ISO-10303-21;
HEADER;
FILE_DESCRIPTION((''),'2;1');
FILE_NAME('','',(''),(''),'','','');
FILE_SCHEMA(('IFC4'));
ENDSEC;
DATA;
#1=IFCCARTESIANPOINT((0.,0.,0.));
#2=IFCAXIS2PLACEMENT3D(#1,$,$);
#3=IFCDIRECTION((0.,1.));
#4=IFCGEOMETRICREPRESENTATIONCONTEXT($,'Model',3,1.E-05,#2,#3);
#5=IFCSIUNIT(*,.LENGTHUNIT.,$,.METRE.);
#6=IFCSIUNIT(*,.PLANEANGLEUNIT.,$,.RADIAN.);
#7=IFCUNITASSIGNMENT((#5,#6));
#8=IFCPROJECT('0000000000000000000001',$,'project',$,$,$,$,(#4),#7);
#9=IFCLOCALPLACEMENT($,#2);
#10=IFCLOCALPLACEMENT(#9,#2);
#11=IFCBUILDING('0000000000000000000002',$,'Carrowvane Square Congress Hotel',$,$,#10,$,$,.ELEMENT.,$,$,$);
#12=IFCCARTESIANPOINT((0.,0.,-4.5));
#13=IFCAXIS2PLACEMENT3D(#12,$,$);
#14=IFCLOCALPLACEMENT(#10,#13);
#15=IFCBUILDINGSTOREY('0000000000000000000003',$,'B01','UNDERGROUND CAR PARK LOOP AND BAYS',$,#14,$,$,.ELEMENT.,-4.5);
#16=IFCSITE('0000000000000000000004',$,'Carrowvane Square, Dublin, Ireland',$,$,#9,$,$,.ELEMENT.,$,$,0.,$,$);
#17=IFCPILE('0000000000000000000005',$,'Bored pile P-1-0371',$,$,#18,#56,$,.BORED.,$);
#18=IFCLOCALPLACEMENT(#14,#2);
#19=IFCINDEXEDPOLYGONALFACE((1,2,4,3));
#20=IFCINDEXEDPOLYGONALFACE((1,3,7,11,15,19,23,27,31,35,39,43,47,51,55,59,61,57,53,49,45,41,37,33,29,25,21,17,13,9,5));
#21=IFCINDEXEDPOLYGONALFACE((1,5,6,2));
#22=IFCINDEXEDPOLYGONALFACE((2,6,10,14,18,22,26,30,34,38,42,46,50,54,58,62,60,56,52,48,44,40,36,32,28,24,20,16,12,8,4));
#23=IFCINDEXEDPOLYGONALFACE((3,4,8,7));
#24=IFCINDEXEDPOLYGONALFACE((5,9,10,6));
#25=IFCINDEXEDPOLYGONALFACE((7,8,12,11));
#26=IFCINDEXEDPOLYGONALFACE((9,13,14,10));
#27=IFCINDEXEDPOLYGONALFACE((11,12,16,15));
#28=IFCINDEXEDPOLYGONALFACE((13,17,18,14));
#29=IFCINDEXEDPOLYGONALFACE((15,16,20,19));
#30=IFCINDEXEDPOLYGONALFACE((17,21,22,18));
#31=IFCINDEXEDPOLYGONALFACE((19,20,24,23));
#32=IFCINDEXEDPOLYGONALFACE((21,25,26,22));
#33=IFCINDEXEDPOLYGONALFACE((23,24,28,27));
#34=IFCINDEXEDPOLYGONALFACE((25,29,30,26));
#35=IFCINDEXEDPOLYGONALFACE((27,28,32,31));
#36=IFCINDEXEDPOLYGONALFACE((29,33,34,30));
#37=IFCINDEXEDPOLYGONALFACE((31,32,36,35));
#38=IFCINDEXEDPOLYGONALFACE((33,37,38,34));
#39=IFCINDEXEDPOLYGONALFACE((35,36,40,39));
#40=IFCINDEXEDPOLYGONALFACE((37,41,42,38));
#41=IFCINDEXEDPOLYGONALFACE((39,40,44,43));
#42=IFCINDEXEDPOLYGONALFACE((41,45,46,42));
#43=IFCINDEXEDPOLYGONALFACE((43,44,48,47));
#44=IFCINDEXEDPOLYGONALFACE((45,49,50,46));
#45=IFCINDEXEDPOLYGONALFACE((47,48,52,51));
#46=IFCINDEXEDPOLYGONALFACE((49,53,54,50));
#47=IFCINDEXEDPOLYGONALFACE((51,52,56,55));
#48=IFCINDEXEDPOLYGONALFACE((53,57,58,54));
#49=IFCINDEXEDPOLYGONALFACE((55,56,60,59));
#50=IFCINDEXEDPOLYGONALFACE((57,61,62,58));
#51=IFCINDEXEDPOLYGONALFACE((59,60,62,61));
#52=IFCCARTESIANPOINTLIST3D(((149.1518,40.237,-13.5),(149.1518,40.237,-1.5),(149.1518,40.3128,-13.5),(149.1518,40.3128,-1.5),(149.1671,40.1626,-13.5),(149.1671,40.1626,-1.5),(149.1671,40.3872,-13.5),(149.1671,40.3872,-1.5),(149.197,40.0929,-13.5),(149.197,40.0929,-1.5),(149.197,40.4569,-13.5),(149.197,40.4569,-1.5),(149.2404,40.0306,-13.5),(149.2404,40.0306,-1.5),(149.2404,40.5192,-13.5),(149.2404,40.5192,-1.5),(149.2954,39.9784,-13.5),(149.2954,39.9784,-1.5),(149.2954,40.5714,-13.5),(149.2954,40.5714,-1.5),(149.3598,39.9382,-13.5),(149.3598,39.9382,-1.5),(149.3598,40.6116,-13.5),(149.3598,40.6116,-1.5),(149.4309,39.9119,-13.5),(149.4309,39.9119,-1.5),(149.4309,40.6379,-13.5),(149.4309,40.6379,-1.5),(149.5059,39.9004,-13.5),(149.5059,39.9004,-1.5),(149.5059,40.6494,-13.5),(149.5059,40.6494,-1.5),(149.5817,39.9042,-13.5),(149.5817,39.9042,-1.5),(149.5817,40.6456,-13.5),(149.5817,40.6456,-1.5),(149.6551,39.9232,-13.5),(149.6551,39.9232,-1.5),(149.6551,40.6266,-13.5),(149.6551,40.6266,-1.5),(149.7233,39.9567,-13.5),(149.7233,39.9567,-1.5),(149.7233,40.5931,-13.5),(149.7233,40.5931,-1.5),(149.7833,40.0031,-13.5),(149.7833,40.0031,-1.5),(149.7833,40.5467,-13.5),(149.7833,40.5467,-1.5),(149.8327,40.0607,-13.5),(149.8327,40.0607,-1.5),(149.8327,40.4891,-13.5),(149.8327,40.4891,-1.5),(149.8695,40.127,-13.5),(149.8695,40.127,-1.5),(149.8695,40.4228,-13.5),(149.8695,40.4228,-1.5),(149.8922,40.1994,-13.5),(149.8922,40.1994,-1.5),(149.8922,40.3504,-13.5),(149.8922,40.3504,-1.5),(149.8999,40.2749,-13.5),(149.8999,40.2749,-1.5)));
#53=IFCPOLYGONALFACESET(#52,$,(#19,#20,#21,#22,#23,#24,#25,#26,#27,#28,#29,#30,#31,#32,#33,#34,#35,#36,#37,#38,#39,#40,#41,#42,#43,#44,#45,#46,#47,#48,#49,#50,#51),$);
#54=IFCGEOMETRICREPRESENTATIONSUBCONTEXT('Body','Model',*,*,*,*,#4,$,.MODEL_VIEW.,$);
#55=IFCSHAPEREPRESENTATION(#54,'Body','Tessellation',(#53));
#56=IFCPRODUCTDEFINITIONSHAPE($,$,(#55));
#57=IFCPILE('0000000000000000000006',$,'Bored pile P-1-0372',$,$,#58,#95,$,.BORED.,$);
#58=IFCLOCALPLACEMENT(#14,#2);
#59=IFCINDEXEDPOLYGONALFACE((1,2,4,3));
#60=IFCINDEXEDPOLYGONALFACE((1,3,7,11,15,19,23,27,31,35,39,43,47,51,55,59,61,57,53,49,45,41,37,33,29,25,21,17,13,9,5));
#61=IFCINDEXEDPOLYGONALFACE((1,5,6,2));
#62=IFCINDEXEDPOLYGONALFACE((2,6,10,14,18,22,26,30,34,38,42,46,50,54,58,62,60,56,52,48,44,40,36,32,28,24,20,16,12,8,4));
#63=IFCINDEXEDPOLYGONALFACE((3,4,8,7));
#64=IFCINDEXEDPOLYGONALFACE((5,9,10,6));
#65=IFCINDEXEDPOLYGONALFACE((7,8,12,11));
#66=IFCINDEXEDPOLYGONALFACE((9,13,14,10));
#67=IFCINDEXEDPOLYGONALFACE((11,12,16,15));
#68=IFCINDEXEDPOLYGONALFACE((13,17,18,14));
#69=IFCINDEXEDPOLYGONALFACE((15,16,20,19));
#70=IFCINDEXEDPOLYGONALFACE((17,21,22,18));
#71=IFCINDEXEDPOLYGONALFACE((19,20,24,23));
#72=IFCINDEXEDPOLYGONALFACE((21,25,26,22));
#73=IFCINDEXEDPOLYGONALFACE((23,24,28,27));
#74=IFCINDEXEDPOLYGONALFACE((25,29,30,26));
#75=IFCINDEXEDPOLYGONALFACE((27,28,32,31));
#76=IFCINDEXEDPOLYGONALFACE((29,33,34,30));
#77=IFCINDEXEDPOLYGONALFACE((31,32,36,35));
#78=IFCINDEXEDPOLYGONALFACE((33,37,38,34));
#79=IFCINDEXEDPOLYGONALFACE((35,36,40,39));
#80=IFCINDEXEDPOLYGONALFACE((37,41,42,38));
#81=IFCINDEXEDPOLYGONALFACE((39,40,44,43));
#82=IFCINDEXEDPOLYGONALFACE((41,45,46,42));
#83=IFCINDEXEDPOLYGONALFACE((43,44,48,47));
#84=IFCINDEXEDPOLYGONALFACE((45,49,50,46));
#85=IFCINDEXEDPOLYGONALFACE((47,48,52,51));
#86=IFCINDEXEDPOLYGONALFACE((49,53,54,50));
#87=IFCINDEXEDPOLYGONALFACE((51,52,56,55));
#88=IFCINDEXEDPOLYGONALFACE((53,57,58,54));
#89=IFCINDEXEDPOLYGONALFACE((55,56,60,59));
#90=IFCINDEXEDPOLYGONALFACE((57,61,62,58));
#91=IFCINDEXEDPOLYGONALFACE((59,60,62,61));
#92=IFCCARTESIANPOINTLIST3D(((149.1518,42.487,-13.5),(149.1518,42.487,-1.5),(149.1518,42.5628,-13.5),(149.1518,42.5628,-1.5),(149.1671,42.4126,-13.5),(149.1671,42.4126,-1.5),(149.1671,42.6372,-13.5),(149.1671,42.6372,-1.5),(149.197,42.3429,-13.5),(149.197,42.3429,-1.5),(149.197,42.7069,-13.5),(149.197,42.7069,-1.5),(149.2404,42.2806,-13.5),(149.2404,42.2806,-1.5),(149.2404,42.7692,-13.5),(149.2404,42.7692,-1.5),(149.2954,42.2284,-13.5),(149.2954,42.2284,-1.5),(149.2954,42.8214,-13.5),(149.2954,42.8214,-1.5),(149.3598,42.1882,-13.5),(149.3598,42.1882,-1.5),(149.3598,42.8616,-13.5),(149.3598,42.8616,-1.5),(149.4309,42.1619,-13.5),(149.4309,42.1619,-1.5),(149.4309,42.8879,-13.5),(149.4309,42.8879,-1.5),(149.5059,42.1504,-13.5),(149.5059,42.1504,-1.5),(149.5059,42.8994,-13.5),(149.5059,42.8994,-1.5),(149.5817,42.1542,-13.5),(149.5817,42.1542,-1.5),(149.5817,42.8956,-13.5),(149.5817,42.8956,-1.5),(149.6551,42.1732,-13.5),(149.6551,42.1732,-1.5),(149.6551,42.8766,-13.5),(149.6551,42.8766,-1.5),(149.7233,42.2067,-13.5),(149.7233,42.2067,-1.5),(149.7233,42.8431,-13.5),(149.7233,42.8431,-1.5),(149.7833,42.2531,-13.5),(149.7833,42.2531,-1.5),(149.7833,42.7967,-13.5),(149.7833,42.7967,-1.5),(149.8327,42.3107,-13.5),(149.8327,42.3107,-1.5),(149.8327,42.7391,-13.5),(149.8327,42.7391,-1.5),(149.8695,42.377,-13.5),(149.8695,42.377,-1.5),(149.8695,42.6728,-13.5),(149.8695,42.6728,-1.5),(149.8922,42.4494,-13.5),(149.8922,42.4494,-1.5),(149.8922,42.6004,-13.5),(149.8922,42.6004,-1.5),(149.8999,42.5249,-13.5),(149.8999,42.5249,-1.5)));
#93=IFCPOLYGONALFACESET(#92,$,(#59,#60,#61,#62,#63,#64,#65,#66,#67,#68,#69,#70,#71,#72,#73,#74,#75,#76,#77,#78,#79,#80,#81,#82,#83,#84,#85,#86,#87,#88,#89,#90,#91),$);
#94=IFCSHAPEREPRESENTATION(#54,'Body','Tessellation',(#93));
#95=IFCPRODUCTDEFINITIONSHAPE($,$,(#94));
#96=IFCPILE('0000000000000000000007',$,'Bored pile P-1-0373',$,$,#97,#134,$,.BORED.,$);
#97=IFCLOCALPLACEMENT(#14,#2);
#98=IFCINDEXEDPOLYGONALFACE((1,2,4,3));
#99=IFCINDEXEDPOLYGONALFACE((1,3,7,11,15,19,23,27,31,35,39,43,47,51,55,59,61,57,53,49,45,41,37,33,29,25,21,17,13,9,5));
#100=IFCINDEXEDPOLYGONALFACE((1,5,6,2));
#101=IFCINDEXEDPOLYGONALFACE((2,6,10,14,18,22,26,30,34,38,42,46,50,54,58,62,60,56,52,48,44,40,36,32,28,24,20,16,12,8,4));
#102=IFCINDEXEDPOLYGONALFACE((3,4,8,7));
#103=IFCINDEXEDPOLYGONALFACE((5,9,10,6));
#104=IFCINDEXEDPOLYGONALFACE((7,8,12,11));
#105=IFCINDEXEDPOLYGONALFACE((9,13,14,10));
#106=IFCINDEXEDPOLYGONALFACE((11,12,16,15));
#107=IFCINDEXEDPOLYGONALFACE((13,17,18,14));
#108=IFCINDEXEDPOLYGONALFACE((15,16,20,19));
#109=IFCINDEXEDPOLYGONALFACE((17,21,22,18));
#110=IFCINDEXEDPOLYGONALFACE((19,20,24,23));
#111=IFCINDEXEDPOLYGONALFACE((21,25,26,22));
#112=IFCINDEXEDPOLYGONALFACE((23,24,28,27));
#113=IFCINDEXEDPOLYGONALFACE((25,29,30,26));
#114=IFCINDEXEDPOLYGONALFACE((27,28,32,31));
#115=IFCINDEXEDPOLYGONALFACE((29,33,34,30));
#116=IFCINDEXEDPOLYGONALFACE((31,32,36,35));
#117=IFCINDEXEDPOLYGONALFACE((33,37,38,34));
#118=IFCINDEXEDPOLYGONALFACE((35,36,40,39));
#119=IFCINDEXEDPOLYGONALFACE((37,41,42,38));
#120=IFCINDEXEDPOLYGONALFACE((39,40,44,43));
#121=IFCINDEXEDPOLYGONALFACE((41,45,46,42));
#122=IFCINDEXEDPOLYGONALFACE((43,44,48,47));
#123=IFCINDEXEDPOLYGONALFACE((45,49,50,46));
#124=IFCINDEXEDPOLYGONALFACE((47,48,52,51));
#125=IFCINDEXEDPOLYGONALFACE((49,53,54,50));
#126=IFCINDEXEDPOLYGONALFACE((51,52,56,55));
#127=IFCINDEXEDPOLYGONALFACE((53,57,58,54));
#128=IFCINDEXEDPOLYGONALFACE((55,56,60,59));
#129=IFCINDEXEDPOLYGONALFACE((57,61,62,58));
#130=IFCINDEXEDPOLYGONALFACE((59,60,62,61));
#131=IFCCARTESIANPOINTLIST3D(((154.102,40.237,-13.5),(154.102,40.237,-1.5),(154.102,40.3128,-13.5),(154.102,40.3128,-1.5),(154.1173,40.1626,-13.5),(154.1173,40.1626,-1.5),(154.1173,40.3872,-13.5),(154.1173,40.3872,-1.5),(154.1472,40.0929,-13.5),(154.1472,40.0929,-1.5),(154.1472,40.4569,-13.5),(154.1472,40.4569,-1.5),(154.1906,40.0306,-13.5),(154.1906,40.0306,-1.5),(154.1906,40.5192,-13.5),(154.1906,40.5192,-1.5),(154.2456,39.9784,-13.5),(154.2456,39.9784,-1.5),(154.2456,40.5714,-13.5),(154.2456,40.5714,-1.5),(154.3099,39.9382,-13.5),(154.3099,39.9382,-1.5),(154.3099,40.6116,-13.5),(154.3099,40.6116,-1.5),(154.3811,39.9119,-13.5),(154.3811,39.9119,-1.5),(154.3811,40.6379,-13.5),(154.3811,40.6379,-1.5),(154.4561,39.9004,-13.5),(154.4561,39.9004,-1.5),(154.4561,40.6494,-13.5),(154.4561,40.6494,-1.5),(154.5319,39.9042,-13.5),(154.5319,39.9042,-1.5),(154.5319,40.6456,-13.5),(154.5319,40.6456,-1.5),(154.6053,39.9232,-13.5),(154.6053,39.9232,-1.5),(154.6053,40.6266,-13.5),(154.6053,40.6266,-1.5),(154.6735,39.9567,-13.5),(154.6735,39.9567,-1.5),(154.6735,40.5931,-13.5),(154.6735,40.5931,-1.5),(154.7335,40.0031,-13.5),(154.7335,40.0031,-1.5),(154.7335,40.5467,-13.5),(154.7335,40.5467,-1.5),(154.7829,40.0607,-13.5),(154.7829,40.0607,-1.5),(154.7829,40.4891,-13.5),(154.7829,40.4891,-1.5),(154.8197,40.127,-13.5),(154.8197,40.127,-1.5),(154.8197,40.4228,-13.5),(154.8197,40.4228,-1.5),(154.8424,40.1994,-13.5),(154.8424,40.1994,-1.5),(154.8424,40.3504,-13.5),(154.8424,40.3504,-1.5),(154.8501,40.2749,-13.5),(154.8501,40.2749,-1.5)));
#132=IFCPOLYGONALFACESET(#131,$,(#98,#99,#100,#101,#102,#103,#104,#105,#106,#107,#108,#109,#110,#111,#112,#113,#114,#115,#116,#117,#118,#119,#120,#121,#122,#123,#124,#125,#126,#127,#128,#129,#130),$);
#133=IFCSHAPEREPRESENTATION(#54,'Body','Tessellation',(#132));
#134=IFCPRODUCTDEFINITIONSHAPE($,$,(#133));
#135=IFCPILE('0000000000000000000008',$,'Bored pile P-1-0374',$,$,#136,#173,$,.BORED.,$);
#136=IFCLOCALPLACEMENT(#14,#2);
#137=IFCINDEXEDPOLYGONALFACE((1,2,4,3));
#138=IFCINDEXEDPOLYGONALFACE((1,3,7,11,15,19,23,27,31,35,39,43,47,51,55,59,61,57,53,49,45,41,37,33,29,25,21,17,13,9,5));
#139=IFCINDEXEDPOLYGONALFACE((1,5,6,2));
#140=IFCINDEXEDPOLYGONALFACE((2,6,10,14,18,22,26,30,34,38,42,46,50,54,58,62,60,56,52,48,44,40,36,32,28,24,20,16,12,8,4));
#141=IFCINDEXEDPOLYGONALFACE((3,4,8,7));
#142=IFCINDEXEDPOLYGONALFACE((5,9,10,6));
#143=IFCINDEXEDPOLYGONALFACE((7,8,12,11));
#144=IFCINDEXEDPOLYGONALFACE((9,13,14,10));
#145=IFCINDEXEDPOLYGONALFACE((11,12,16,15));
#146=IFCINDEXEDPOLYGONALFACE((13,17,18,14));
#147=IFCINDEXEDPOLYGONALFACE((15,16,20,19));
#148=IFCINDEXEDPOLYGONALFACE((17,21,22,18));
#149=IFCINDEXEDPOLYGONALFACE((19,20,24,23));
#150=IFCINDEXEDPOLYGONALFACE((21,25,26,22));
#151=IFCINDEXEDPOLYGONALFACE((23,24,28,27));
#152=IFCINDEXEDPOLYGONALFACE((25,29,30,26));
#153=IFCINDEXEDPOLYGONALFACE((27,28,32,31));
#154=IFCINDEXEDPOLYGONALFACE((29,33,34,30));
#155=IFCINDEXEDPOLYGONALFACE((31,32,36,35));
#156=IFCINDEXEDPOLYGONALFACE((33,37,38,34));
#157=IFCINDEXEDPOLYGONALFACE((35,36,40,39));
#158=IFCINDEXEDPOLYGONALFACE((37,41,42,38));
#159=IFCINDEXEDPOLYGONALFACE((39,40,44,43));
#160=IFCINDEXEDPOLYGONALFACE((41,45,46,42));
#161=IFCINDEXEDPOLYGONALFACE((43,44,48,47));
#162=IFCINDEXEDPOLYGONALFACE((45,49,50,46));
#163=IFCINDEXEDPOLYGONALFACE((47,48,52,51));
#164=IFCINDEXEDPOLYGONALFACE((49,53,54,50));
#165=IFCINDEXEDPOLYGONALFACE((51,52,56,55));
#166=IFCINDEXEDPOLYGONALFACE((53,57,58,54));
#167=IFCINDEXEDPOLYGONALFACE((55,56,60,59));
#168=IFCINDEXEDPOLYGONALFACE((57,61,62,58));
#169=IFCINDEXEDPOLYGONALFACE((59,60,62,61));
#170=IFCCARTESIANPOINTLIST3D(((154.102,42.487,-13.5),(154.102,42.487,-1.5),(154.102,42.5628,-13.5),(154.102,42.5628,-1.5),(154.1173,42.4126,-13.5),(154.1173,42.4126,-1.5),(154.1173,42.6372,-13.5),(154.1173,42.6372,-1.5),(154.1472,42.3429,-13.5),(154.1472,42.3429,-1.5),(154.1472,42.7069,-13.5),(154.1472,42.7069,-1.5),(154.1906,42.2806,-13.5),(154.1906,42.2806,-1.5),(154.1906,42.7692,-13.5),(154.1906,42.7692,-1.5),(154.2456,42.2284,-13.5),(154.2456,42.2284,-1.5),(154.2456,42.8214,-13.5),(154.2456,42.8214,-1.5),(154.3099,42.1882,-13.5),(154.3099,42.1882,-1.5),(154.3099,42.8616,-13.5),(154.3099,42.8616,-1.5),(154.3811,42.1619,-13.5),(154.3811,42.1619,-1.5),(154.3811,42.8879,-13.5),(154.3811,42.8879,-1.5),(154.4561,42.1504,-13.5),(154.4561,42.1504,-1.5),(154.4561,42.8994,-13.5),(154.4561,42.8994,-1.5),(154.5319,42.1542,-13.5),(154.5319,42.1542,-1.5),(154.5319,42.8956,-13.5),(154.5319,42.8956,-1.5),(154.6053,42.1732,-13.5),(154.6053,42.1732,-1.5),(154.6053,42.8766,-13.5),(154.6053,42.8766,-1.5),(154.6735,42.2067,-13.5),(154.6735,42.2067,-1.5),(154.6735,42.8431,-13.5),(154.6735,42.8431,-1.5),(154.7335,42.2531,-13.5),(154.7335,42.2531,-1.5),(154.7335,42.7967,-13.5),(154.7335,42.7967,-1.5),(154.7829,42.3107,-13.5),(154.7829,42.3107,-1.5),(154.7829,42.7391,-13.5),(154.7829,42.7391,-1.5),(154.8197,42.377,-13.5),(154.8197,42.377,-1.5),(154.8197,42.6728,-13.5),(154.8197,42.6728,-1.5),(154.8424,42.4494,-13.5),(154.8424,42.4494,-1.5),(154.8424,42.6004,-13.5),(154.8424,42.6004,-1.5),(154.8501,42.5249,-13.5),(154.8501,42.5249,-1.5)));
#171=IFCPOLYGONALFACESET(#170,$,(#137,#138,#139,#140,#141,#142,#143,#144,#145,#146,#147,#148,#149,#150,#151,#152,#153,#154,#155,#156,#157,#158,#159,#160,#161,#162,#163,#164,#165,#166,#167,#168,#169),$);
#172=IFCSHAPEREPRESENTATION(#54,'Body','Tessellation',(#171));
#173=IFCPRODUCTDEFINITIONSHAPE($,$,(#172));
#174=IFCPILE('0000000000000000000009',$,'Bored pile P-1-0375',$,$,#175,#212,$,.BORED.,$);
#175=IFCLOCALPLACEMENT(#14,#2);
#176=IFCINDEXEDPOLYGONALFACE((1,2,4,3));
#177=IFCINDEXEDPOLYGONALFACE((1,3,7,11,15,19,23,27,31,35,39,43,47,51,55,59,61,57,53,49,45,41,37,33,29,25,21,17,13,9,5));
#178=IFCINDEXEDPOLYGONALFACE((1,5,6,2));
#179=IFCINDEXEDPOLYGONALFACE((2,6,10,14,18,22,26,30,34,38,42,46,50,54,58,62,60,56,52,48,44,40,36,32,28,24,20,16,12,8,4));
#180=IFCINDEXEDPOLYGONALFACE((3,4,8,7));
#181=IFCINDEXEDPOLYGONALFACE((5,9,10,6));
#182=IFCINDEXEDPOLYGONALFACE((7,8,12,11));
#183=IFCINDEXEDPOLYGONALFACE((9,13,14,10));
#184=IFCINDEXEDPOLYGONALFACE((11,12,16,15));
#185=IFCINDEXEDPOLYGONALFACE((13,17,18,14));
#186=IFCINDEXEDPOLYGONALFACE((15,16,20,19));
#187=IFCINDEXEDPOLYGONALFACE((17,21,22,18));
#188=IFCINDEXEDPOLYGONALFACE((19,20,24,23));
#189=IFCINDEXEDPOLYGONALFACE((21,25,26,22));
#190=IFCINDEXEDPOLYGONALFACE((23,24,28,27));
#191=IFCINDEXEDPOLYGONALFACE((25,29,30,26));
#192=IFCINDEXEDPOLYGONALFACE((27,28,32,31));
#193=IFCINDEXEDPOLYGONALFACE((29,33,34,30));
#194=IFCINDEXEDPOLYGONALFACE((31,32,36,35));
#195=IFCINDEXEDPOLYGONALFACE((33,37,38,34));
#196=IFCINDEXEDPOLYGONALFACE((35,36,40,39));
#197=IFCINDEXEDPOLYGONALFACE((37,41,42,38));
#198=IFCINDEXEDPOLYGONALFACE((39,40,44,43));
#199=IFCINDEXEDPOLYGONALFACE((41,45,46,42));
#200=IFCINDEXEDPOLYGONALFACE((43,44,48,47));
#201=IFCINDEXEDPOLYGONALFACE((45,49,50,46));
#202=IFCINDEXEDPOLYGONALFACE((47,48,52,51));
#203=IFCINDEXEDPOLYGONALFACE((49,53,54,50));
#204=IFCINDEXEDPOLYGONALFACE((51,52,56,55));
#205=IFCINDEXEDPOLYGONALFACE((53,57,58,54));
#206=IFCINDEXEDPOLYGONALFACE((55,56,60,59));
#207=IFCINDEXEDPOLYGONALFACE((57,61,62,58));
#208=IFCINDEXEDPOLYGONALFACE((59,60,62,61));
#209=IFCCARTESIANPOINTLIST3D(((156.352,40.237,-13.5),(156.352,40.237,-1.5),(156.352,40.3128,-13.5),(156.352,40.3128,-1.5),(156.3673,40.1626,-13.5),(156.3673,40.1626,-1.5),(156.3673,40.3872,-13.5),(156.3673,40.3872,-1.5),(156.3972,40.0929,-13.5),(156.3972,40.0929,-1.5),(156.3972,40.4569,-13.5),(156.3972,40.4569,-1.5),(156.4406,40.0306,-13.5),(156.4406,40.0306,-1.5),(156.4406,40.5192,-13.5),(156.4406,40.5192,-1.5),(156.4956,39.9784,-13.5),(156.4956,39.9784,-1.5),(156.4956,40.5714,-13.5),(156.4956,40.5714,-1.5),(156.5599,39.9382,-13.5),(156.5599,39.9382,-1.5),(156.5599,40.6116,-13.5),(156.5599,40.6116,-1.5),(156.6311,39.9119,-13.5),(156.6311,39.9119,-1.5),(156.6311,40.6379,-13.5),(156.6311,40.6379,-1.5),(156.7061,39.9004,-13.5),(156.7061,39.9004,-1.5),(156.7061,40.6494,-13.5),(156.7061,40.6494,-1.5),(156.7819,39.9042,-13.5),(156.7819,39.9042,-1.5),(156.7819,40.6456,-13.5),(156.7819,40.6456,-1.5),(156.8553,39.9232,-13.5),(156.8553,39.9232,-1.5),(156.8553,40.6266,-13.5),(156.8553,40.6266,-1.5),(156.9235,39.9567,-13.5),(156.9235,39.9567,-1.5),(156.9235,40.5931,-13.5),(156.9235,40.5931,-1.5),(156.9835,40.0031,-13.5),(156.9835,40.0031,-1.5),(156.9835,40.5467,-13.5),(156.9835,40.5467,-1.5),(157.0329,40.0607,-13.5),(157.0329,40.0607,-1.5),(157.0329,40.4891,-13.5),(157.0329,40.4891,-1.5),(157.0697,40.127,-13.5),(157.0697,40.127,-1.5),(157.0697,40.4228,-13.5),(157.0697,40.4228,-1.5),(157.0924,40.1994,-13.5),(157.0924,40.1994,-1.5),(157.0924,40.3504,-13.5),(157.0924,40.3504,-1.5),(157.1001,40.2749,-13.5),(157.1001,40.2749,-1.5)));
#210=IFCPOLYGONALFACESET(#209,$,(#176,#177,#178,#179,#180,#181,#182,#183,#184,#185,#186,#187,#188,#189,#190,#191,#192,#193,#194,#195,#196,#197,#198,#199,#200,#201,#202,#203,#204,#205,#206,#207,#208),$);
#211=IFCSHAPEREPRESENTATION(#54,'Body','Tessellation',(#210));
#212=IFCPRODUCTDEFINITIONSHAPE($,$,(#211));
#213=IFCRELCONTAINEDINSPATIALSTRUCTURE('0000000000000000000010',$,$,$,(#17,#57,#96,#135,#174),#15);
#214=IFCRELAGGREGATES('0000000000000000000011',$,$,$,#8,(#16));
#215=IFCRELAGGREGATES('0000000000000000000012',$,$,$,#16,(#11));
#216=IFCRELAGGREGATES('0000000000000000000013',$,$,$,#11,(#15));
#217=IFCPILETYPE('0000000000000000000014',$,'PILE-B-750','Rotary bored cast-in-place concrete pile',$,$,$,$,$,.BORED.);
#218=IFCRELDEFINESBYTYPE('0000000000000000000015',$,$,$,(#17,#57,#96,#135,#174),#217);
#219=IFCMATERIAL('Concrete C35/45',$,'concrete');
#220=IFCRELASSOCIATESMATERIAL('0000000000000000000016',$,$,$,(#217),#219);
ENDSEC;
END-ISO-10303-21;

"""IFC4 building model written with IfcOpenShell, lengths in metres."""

from ifc_helpers import new_model, si_unit, direction, frame, origin, origin_2d, place, context, subcontext, project, spatial, circle, extrude, material, material_profile, profile_set, type_object, element, save


model = new_model("IFC4")

# Units and contexts
model_context = context("Model", 3, precision=1e-05, world=origin(), true_north=direction((0.0, 1.0)))
body_context = subcontext(model_context, "Body", "Model", "MODEL_VIEW")
ifc_project = project(units=[si_unit("LENGTHUNIT", "METRE"), si_unit("PLANEANGLEUNIT", "RADIAN")], contexts=[model_context])

# Site, building, storey
site_placement = place(None, origin())
site = spatial("IfcSite", under=ifc_project, at=site_placement, Name="Carrowvane Square, Dublin, Ireland", CompositionType="ELEMENT", RefElevation=0.0)
building_placement = place(site_placement, origin())
building = spatial("IfcBuilding", under=site, at=building_placement, Name="Carrowvane Square Congress Hotel", CompositionType="ELEMENT")
storey_placement = place(building_placement, frame((0.0, 0.0, -4.5)))
storey = spatial("IfcBuildingStorey", under=building, at=storey_placement, Name="B01", Description="UNDERGROUND CAR PARK LOOP AND BAYS", CompositionType="ELEMENT", Elevation=-4.5)

# Piles
ifc_material_1 = material(Name="Concrete C35/45", Category="concrete")
ifc_material_profile_1 = material_profile(ifc_material_1, circle(Radius=0.375, at=origin_2d()), Name="PILE D750")
ifc_profile_set_1 = profile_set([ifc_material_profile_1], Name="Concrete C35/45")
pile_type = type_object("IfcPileType", Name="PILE-B-750", Description="Rotary bored cast-in-place concrete pile", PredefinedType="BORED", material=ifc_profile_set_1)
for number, where, z_axis, x_axis, name in (
    (1, (149.5249, 40.2749, -1.5), (0.0, 0.0, -1.0), (1.0, 0.0, 0.0), "Bored pile P-1-0371"),
    (2, (149.5249, 42.5249, -1.5), (0.0, 0.0, -1.0), (1.0, 0.0, 0.0), "Bored pile P-1-0372"),
    (3, (154.4751, 40.2749, -1.5), (0.0, 0.0, -1.0), (1.0, 0.0, 0.0), "Bored pile P-1-0373"),
    (4, (154.4751, 42.5249, -1.5), (0.0, 0.0, -1.0), (1.0, 0.0, 0.0), "Bored pile P-1-0374"),
    (5, (156.7251, 40.2749, -1.5), (0.0, 0.0, -1.0), (1.0, 0.0, 0.0), "Bored pile P-1-0375"),
):
    element("IfcPile", number, at=place(storey_placement, frame(where, z_axis=z_axis, x_axis=x_axis)), inside=storey, type_object=pile_type, Name=name, PredefinedType="BORED", context=body_context, shape_type="SweptSolid", body=[
        extrude(circle(Radius=0.375, at=origin_2d()), origin(), (0.0, 0.0, 1.0), 12.0),
    ])

save(model, "model.ifc")
